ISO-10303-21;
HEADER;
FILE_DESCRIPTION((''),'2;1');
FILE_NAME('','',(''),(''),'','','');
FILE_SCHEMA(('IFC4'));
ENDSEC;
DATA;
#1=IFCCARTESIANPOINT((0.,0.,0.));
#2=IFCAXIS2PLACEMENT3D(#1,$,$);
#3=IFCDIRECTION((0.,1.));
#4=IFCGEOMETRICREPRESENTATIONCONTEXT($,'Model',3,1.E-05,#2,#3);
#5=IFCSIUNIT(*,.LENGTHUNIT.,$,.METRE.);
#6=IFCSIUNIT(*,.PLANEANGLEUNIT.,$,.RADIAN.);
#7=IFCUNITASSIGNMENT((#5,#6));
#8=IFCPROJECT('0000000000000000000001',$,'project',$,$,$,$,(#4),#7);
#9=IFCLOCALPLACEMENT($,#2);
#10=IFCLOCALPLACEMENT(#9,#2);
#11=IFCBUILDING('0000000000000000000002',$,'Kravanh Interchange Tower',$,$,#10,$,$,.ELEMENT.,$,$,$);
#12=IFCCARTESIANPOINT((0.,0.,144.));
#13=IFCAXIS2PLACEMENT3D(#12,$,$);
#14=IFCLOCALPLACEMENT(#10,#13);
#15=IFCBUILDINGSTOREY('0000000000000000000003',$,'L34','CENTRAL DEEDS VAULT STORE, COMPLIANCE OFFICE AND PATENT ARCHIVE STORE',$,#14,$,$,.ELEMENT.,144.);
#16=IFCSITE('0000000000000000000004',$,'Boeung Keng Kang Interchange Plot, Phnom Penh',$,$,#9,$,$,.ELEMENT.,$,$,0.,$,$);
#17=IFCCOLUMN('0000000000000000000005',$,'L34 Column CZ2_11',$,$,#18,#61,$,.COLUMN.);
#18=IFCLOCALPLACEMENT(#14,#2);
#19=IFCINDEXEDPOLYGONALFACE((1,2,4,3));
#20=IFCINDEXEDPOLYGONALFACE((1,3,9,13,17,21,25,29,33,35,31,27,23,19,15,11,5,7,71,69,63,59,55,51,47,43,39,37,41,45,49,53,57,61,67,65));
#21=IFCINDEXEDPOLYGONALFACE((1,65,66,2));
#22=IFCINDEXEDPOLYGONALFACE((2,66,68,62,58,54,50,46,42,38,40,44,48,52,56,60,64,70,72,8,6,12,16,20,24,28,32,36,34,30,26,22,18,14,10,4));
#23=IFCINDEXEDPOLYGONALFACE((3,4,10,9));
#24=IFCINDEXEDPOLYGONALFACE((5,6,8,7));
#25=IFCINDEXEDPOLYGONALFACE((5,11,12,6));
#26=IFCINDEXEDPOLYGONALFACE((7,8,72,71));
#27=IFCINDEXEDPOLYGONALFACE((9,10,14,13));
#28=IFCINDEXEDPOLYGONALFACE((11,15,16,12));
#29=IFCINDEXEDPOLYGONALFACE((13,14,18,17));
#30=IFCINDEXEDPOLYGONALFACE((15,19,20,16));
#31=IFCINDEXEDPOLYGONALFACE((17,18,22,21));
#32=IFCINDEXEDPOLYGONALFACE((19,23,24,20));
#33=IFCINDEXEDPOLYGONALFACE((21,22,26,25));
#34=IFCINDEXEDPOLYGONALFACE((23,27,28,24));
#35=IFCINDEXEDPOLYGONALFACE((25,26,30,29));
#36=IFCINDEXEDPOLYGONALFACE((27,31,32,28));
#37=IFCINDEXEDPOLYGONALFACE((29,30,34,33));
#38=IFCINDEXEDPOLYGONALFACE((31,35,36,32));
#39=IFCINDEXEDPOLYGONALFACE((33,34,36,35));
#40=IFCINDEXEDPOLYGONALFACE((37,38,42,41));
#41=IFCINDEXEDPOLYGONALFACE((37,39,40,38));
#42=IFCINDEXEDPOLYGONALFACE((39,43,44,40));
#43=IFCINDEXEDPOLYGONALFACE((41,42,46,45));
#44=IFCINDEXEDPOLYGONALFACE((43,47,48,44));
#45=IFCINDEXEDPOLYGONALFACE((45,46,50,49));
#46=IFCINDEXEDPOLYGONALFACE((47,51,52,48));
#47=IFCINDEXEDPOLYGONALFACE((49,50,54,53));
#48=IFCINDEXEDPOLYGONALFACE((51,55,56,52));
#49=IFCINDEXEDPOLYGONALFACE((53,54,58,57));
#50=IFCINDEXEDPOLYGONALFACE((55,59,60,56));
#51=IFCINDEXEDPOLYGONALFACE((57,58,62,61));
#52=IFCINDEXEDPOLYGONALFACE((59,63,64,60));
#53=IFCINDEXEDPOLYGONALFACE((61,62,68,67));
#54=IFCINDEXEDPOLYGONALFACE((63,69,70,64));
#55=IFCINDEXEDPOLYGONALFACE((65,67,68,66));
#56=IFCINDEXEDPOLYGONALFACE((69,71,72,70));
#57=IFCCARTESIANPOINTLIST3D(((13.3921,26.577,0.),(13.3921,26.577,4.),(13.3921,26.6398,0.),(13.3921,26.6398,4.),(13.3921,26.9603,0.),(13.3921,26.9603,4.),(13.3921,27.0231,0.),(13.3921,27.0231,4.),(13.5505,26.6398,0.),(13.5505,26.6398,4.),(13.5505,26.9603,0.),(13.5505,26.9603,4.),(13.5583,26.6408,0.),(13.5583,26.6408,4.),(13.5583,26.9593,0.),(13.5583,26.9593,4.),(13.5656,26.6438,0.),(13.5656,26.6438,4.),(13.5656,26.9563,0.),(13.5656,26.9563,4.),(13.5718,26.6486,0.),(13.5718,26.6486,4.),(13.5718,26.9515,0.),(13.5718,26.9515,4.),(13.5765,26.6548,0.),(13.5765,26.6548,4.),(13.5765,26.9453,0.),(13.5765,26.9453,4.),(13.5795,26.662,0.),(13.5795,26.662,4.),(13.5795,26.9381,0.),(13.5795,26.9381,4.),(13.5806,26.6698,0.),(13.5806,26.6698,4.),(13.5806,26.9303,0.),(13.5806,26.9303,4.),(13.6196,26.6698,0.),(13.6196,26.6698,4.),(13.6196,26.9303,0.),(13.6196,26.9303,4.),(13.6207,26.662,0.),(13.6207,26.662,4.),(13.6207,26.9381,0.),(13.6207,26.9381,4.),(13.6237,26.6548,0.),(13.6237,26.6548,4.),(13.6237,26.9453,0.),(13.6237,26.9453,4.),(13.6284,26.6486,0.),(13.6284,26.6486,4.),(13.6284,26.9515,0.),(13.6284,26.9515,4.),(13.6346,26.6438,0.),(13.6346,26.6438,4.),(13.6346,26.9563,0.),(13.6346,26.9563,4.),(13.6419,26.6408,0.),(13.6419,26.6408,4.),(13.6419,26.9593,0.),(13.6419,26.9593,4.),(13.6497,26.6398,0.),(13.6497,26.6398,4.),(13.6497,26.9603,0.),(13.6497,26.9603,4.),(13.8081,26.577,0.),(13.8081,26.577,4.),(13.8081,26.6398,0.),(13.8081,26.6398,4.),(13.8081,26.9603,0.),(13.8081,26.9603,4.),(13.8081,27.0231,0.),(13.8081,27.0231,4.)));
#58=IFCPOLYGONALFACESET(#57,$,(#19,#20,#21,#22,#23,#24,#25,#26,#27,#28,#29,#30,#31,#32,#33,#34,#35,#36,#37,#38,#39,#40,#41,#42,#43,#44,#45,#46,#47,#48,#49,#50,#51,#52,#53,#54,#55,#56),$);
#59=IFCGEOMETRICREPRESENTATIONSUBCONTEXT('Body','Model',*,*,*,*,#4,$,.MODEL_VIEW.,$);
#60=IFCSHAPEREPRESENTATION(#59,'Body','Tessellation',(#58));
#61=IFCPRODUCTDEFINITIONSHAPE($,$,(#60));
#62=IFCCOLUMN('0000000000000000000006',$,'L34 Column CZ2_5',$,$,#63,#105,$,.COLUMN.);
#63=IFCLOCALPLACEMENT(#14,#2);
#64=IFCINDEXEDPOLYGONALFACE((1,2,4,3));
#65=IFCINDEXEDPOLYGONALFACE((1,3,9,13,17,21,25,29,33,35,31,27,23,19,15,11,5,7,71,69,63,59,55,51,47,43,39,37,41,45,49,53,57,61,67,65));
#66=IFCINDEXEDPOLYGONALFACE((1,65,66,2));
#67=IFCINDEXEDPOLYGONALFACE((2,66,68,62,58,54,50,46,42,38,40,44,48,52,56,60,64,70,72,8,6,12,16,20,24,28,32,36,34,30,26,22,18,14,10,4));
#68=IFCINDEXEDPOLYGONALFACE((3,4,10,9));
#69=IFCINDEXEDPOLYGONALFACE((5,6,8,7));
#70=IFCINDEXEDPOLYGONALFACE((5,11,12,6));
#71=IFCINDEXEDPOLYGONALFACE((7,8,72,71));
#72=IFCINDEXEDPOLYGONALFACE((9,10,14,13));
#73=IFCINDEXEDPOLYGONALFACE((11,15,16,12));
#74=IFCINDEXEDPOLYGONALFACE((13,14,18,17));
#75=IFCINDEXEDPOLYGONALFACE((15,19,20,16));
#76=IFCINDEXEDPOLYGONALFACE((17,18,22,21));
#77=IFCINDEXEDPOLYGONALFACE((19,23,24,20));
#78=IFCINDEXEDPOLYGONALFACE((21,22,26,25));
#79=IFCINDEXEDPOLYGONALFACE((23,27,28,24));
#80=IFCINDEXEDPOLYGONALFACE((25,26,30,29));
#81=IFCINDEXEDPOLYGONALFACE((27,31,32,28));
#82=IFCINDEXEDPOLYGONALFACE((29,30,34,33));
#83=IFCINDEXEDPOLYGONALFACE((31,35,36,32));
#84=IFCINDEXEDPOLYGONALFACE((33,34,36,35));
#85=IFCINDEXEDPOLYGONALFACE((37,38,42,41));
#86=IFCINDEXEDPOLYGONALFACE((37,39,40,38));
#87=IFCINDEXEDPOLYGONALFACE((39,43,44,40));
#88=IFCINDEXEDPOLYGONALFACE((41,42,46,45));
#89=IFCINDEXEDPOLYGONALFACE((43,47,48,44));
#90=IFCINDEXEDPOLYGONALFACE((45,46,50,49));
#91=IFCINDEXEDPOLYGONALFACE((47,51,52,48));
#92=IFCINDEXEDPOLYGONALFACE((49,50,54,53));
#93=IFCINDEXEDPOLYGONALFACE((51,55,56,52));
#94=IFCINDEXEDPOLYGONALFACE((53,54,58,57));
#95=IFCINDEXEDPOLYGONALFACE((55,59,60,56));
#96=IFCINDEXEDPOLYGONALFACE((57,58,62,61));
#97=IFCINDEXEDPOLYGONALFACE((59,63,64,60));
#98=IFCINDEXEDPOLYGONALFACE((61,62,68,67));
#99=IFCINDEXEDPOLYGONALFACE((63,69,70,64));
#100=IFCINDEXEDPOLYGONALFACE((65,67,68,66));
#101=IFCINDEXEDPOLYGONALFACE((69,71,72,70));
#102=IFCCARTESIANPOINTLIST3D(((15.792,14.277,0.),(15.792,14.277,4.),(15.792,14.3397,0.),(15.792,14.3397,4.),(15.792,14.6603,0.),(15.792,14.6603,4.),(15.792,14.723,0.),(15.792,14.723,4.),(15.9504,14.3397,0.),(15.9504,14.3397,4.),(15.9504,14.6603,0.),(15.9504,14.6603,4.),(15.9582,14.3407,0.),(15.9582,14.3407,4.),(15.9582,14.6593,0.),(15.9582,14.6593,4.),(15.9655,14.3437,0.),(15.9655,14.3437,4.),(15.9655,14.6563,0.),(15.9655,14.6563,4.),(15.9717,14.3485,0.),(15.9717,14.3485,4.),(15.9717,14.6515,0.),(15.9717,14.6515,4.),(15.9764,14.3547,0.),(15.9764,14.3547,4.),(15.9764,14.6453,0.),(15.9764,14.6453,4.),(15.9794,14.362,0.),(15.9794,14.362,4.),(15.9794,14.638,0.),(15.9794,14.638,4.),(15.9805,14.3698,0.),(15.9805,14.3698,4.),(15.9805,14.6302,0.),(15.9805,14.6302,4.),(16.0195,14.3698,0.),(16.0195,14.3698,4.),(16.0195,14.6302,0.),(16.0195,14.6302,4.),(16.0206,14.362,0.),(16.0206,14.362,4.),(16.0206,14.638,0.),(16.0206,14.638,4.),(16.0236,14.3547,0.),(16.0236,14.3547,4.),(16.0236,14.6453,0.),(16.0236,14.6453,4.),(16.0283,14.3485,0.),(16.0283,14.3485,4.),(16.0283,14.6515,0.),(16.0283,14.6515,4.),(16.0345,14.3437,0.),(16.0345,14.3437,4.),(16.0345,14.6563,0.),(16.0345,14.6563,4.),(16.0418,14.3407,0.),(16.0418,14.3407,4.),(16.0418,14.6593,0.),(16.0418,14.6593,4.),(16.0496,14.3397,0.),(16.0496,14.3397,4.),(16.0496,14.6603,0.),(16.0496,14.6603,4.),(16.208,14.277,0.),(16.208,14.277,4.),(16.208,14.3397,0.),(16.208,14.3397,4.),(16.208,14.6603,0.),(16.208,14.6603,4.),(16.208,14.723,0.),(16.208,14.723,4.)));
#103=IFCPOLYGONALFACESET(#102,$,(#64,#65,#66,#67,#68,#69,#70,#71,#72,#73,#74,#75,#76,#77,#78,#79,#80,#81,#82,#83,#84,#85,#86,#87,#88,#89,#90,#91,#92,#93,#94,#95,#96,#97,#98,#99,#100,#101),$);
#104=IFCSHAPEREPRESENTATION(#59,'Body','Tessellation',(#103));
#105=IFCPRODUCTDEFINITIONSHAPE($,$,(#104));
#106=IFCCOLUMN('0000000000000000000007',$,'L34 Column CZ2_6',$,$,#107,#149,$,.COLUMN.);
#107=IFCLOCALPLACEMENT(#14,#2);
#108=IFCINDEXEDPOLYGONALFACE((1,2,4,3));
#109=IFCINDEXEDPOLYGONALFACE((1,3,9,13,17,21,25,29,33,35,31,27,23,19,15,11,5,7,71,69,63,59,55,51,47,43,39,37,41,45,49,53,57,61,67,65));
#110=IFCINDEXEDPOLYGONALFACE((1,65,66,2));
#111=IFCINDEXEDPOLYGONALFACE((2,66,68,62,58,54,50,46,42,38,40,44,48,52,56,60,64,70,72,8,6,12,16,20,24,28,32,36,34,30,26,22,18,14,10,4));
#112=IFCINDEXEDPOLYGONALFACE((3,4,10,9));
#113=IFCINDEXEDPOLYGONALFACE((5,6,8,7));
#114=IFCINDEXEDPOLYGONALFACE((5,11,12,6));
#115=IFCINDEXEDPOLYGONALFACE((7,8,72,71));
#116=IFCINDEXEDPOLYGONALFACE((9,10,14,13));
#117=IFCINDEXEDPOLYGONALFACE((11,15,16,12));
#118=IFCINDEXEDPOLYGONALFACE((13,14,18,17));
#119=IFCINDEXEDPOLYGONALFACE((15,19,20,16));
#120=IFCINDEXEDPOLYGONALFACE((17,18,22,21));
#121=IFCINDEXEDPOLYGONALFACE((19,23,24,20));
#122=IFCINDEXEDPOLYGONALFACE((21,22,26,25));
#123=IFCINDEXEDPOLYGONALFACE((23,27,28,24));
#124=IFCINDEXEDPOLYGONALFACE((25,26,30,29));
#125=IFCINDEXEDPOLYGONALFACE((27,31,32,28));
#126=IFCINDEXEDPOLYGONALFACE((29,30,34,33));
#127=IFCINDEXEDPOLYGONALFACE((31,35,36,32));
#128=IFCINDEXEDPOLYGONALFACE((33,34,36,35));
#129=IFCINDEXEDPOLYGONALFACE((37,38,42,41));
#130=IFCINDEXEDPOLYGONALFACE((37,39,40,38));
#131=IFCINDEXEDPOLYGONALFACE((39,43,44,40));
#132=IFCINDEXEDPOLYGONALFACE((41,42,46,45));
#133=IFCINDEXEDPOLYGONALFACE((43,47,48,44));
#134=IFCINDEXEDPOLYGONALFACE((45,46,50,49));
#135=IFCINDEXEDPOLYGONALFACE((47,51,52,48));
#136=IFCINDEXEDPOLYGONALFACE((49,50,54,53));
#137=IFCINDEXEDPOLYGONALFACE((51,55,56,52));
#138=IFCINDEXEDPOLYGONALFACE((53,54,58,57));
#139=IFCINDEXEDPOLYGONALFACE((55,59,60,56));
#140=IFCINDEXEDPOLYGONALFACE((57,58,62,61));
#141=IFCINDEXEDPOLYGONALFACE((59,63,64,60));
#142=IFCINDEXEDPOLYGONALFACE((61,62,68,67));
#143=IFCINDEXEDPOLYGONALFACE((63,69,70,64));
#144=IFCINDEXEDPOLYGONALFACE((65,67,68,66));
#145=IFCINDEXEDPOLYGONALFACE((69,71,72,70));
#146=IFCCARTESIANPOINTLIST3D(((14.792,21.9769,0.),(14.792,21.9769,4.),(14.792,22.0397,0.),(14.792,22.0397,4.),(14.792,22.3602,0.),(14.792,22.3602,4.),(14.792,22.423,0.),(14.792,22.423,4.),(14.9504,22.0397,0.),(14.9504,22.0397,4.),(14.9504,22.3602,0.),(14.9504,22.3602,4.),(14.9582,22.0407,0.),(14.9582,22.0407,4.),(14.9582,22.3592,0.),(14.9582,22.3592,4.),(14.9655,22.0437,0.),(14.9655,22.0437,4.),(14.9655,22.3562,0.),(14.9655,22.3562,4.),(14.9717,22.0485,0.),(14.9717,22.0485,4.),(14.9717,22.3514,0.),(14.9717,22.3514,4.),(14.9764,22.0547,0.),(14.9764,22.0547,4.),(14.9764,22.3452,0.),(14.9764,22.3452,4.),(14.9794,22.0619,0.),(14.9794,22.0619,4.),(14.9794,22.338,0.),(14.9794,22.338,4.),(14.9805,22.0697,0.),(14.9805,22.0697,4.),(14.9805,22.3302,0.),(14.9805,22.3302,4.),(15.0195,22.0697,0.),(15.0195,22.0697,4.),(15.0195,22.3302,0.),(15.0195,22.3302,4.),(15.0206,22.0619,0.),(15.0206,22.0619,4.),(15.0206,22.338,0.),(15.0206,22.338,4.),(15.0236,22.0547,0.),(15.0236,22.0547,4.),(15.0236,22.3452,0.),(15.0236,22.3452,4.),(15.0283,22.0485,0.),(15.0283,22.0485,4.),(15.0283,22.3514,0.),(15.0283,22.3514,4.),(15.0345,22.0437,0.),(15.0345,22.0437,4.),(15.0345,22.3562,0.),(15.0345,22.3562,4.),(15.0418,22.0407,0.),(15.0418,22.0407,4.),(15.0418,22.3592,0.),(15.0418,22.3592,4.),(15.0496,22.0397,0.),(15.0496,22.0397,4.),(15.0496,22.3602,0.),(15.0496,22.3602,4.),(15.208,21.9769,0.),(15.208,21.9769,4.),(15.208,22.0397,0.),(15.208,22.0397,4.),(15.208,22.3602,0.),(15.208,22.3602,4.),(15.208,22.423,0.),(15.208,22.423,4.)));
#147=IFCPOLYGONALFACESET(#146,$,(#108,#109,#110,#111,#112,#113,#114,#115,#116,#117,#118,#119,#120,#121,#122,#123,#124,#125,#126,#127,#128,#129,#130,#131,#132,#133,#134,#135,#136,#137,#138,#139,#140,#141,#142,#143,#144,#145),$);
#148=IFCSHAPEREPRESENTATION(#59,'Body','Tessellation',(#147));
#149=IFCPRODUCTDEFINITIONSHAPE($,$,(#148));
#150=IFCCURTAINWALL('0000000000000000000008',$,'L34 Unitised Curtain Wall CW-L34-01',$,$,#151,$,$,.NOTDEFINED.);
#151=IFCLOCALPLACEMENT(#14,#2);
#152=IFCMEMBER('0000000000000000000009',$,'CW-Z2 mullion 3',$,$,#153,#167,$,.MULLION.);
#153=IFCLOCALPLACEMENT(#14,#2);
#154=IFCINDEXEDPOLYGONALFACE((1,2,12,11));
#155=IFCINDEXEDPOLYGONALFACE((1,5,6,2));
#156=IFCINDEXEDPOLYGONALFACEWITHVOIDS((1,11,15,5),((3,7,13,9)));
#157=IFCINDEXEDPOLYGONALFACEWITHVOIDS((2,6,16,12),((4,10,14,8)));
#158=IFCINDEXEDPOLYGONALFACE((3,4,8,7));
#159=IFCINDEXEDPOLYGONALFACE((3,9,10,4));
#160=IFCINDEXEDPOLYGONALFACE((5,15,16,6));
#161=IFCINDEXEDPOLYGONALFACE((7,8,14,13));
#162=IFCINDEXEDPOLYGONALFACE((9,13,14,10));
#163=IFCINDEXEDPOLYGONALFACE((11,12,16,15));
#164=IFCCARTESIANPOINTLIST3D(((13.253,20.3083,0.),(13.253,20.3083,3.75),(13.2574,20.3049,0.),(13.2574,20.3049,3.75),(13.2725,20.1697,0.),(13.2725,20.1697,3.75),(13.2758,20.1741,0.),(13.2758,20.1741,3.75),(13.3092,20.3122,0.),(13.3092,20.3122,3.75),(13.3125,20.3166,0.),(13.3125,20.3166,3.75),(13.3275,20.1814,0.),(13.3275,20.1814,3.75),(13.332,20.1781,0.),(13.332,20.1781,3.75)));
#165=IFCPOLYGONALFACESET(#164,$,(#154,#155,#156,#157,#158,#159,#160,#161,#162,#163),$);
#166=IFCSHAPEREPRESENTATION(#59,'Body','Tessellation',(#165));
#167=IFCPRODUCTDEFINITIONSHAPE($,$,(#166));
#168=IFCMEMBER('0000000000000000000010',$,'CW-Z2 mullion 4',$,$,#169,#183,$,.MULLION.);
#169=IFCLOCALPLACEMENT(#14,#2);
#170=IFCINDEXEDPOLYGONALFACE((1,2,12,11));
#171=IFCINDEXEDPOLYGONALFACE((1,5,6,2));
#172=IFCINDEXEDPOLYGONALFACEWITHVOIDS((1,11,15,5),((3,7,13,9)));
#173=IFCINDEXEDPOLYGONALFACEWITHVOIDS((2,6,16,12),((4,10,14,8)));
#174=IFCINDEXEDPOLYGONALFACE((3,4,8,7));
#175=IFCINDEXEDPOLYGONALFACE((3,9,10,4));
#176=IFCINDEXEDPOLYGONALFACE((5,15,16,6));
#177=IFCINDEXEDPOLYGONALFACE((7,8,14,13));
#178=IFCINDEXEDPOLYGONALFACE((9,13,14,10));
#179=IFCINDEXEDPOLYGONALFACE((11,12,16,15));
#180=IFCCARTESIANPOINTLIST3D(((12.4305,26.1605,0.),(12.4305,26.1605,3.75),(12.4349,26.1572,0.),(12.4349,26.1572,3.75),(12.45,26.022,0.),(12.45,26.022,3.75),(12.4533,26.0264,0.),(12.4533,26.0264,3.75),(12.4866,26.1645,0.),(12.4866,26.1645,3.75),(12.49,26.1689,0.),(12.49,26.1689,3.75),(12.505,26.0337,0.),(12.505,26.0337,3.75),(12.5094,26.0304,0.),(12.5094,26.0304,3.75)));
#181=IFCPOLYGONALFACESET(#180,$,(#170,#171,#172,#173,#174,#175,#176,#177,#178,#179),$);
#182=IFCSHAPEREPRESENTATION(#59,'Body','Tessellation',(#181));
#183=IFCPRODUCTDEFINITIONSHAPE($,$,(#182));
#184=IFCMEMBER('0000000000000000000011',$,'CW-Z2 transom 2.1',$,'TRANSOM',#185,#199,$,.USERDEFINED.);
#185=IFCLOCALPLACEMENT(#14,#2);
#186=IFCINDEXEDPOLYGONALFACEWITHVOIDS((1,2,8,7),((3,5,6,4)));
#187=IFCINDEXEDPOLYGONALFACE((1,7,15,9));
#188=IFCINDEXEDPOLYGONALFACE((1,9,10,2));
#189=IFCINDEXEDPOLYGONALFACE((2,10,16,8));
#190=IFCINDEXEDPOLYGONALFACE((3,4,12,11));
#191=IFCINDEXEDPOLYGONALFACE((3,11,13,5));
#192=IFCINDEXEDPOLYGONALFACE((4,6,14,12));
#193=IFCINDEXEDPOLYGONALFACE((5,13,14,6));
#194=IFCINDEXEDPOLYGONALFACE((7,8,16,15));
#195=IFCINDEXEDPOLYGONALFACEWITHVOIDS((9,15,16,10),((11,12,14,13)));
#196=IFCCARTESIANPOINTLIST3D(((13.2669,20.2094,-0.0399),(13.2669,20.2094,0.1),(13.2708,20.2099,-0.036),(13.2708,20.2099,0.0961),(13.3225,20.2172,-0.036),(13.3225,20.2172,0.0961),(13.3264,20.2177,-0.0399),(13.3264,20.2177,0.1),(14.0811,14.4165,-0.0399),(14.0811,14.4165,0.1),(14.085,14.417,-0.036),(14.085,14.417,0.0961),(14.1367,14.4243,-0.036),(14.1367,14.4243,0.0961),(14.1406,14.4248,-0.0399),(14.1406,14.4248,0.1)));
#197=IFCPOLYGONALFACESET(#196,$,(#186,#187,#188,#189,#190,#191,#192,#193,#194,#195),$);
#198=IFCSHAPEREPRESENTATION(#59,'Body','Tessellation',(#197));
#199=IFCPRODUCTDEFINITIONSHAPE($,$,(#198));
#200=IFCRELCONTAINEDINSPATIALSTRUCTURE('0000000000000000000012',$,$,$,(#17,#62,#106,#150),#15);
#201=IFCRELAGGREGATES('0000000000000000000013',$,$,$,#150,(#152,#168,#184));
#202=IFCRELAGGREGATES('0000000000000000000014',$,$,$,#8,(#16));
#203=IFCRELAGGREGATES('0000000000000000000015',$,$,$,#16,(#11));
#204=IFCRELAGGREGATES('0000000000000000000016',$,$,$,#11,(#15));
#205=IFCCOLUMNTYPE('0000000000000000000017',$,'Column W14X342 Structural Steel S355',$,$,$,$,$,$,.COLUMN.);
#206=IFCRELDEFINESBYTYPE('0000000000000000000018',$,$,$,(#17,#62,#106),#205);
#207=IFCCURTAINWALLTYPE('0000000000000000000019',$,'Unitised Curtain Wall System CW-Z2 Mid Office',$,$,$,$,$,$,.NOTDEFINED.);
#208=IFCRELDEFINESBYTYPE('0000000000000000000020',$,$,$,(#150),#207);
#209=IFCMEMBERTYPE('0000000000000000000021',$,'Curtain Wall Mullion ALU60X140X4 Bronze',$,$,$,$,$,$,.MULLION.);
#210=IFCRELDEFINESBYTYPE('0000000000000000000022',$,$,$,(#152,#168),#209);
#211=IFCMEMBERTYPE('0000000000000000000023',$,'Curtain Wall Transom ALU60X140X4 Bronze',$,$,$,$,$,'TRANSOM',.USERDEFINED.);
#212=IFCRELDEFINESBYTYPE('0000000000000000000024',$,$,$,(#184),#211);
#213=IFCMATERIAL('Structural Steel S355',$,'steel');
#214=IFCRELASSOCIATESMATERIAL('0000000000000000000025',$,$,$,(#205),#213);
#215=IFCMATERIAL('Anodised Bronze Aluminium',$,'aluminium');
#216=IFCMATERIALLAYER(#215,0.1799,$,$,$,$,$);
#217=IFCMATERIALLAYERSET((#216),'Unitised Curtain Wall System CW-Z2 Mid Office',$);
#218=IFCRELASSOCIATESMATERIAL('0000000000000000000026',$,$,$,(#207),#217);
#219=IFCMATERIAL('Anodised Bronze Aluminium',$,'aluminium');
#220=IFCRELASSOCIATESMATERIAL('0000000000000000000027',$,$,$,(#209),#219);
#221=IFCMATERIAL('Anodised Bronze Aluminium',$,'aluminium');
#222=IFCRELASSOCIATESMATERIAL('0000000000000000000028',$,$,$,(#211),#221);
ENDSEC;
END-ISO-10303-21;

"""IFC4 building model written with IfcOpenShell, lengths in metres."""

from ifc_helpers import new_model, si_unit, direction, frame, origin, origin_2d, place, context, subcontext, project, spatial, hollow_rectangle, i_section, extrude, material, layer, layer_set, material_profile, profile_set, type_object, element, aggregate, save


model = new_model("IFC4")

# Units and contexts
model_context = context("Model", 3, precision=1e-05, world=origin(), true_north=direction((0.0, 1.0)))
body_context = subcontext(model_context, "Body", "Model", "MODEL_VIEW")
ifc_project = project(units=[si_unit("LENGTHUNIT", "METRE"), si_unit("PLANEANGLEUNIT", "RADIAN")], contexts=[model_context])

# Site, building, storey
site_placement = place(None, origin())
site = spatial("IfcSite", under=ifc_project, at=site_placement, Name="Boeung Keng Kang Interchange Plot, Phnom Penh", CompositionType="ELEMENT", RefElevation=0.0)
building_placement = place(site_placement, origin())
building = spatial("IfcBuilding", under=site, at=building_placement, Name="Kravanh Interchange Tower", CompositionType="ELEMENT")
storey_placement = place(building_placement, frame((0.0, 0.0, 144.0)))
storey = spatial("IfcBuildingStorey", under=building, at=storey_placement, Name="L34", Description="CENTRAL DEEDS VAULT STORE, COMPLIANCE OFFICE AND PATENT ARCHIVE STORE", CompositionType="ELEMENT", Elevation=144.0)

# Columns
ifc_material_1 = material(Name="Structural Steel S355", Category="steel")
ifc_material_profile_1 = material_profile(ifc_material_1, i_section(OverallWidth=0.416, OverallDepth=0.446, WebThickness=0.0391, FlangeThickness=0.0627, FilletRadius=0.03, at=origin_2d()), Name="W14X342")
ifc_profile_set_1 = profile_set([ifc_material_profile_1], Name="Structural Steel S355")
column_type = type_object("IfcColumnType", Name="Column W14X342 Structural Steel S355", PredefinedType="COLUMN", material=ifc_profile_set_1)
for number, where, z_axis, x_axis, name in (
    (1, (13.6001, 26.8, 0.0), (0.0, 0.0, 1.0), (1.0, 0.0, 0.0), "L34 Column CZ2_11"),
    (2, (16.0, 14.5, 0.0), (0.0, 0.0, 1.0), (1.0, 0.0, 0.0), "L34 Column CZ2_5"),
    (3, (15.0, 22.2, 0.0), (0.0, 0.0, 1.0), (1.0, 0.0, 0.0), "L34 Column CZ2_6"),
):
    element("IfcColumn", number, at=place(storey_placement, frame(where, z_axis=z_axis, x_axis=x_axis)), inside=storey, type_object=column_type, Name=name, PredefinedType="COLUMN", context=body_context, shape_type="SweptSolid", body=[
        extrude(i_section(OverallWidth=0.416, OverallDepth=0.446, WebThickness=0.0391, FlangeThickness=0.0627, FilletRadius=0.03, at=origin_2d()), origin(), (0.0, 0.0, 1.0), 4.0),
    ])

# Curtain wall, members
ifc_material_2 = material(Name="Anodised Bronze Aluminium", Category="aluminium")
ifc_layer_1 = layer(ifc_material_2, 0.1799)
ifc_layer_set_1 = layer_set([ifc_layer_1], Name="Unitised Curtain Wall System CW-Z2 Mid Office")
curtain_wall_type = type_object("IfcCurtainWallType", Name="Unitised Curtain Wall System CW-Z2 Mid Office", PredefinedType="NOTDEFINED", material=ifc_layer_set_1)
curtain_wall_placement = place(storey_placement, origin())
curtain_wall = element("IfcCurtainWall", 4, at=curtain_wall_placement, inside=storey, type_object=curtain_wall_type, Name="L34 Unitised Curtain Wall CW-L34-01", PredefinedType="NOTDEFINED")
ifc_material_3 = material(Name="Anodised Bronze Aluminium", Category="aluminium")
ifc_material_profile_2 = material_profile(ifc_material_3, hollow_rectangle(XDim=0.0601, YDim=0.1399, WallThickness=0.0039, at=origin_2d()), Name="ALU60X140X4")
ifc_profile_set_2 = profile_set([ifc_material_profile_2], Name="Anodised Bronze Aluminium")
member_type_1 = type_object("IfcMemberType", Name="Curtain Wall Mullion ALU60X140X4 Bronze", PredefinedType="MULLION", material=ifc_profile_set_2)
member_1_placement = place(storey_placement, frame((13.2925, 20.2432, 0.0), z_axis=(0.0, 0.0, 1.0), x_axis=(-0.990268, -0.139173, 0.0)))
member_1 = element("IfcMember", 5, at=member_1_placement, type_object=member_type_1, Name="CW-Z2 mullion 3", PredefinedType="MULLION", context=body_context, shape_type="SweptSolid", body=[
    extrude(hollow_rectangle(XDim=0.0601, YDim=0.1399, WallThickness=0.0039, at=origin_2d()), origin(), (0.0, 0.0, 1.0), 3.75),
])
member_2_placement = place(storey_placement, frame((12.47, 26.0955, 0.0), z_axis=(0.0, 0.0, 1.0), x_axis=(-0.990268, -0.139173, 0.0)))
member_2 = element("IfcMember", 6, at=member_2_placement, type_object=member_type_1, Name="CW-Z2 mullion 4", PredefinedType="MULLION", context=body_context, shape_type="SweptSolid", body=[
    extrude(hollow_rectangle(XDim=0.0601, YDim=0.1399, WallThickness=0.0039, at=origin_2d()), origin(), (0.0, 0.0, 1.0), 3.75),
])
ifc_material_4 = material(Name="Anodised Bronze Aluminium", Category="aluminium")
ifc_material_profile_3 = material_profile(ifc_material_4, hollow_rectangle(XDim=0.0601, YDim=0.1399, WallThickness=0.0039, at=origin_2d()), Name="ALU60X140X4")
ifc_profile_set_3 = profile_set([ifc_material_profile_3], Name="Anodised Bronze Aluminium")
member_type_2 = type_object("IfcMemberType", Name="Curtain Wall Transom ALU60X140X4 Bronze", ElementType="TRANSOM", PredefinedType="USERDEFINED", material=ifc_profile_set_3)
member_3_placement = place(storey_placement, frame((14.1108, 14.4207, 0.03), z_axis=(-0.139183, 0.990267, 0.0), x_axis=(-0.990267, -0.139183, 0.0)))
member_3 = element("IfcMember", 7, at=member_3_placement, type_object=member_type_2, Name="CW-Z2 transom 2.1", ObjectType="TRANSOM", PredefinedType="USERDEFINED", context=body_context, shape_type="SweptSolid", body=[
    extrude(hollow_rectangle(XDim=0.0601, YDim=0.1399, WallThickness=0.0039, at=origin_2d()), origin(), (0.0, 0.0, 1.0), 5.8499),
])

aggregate(curtain_wall, [member_1, member_2, member_3])

save(model, "model.ifc")
